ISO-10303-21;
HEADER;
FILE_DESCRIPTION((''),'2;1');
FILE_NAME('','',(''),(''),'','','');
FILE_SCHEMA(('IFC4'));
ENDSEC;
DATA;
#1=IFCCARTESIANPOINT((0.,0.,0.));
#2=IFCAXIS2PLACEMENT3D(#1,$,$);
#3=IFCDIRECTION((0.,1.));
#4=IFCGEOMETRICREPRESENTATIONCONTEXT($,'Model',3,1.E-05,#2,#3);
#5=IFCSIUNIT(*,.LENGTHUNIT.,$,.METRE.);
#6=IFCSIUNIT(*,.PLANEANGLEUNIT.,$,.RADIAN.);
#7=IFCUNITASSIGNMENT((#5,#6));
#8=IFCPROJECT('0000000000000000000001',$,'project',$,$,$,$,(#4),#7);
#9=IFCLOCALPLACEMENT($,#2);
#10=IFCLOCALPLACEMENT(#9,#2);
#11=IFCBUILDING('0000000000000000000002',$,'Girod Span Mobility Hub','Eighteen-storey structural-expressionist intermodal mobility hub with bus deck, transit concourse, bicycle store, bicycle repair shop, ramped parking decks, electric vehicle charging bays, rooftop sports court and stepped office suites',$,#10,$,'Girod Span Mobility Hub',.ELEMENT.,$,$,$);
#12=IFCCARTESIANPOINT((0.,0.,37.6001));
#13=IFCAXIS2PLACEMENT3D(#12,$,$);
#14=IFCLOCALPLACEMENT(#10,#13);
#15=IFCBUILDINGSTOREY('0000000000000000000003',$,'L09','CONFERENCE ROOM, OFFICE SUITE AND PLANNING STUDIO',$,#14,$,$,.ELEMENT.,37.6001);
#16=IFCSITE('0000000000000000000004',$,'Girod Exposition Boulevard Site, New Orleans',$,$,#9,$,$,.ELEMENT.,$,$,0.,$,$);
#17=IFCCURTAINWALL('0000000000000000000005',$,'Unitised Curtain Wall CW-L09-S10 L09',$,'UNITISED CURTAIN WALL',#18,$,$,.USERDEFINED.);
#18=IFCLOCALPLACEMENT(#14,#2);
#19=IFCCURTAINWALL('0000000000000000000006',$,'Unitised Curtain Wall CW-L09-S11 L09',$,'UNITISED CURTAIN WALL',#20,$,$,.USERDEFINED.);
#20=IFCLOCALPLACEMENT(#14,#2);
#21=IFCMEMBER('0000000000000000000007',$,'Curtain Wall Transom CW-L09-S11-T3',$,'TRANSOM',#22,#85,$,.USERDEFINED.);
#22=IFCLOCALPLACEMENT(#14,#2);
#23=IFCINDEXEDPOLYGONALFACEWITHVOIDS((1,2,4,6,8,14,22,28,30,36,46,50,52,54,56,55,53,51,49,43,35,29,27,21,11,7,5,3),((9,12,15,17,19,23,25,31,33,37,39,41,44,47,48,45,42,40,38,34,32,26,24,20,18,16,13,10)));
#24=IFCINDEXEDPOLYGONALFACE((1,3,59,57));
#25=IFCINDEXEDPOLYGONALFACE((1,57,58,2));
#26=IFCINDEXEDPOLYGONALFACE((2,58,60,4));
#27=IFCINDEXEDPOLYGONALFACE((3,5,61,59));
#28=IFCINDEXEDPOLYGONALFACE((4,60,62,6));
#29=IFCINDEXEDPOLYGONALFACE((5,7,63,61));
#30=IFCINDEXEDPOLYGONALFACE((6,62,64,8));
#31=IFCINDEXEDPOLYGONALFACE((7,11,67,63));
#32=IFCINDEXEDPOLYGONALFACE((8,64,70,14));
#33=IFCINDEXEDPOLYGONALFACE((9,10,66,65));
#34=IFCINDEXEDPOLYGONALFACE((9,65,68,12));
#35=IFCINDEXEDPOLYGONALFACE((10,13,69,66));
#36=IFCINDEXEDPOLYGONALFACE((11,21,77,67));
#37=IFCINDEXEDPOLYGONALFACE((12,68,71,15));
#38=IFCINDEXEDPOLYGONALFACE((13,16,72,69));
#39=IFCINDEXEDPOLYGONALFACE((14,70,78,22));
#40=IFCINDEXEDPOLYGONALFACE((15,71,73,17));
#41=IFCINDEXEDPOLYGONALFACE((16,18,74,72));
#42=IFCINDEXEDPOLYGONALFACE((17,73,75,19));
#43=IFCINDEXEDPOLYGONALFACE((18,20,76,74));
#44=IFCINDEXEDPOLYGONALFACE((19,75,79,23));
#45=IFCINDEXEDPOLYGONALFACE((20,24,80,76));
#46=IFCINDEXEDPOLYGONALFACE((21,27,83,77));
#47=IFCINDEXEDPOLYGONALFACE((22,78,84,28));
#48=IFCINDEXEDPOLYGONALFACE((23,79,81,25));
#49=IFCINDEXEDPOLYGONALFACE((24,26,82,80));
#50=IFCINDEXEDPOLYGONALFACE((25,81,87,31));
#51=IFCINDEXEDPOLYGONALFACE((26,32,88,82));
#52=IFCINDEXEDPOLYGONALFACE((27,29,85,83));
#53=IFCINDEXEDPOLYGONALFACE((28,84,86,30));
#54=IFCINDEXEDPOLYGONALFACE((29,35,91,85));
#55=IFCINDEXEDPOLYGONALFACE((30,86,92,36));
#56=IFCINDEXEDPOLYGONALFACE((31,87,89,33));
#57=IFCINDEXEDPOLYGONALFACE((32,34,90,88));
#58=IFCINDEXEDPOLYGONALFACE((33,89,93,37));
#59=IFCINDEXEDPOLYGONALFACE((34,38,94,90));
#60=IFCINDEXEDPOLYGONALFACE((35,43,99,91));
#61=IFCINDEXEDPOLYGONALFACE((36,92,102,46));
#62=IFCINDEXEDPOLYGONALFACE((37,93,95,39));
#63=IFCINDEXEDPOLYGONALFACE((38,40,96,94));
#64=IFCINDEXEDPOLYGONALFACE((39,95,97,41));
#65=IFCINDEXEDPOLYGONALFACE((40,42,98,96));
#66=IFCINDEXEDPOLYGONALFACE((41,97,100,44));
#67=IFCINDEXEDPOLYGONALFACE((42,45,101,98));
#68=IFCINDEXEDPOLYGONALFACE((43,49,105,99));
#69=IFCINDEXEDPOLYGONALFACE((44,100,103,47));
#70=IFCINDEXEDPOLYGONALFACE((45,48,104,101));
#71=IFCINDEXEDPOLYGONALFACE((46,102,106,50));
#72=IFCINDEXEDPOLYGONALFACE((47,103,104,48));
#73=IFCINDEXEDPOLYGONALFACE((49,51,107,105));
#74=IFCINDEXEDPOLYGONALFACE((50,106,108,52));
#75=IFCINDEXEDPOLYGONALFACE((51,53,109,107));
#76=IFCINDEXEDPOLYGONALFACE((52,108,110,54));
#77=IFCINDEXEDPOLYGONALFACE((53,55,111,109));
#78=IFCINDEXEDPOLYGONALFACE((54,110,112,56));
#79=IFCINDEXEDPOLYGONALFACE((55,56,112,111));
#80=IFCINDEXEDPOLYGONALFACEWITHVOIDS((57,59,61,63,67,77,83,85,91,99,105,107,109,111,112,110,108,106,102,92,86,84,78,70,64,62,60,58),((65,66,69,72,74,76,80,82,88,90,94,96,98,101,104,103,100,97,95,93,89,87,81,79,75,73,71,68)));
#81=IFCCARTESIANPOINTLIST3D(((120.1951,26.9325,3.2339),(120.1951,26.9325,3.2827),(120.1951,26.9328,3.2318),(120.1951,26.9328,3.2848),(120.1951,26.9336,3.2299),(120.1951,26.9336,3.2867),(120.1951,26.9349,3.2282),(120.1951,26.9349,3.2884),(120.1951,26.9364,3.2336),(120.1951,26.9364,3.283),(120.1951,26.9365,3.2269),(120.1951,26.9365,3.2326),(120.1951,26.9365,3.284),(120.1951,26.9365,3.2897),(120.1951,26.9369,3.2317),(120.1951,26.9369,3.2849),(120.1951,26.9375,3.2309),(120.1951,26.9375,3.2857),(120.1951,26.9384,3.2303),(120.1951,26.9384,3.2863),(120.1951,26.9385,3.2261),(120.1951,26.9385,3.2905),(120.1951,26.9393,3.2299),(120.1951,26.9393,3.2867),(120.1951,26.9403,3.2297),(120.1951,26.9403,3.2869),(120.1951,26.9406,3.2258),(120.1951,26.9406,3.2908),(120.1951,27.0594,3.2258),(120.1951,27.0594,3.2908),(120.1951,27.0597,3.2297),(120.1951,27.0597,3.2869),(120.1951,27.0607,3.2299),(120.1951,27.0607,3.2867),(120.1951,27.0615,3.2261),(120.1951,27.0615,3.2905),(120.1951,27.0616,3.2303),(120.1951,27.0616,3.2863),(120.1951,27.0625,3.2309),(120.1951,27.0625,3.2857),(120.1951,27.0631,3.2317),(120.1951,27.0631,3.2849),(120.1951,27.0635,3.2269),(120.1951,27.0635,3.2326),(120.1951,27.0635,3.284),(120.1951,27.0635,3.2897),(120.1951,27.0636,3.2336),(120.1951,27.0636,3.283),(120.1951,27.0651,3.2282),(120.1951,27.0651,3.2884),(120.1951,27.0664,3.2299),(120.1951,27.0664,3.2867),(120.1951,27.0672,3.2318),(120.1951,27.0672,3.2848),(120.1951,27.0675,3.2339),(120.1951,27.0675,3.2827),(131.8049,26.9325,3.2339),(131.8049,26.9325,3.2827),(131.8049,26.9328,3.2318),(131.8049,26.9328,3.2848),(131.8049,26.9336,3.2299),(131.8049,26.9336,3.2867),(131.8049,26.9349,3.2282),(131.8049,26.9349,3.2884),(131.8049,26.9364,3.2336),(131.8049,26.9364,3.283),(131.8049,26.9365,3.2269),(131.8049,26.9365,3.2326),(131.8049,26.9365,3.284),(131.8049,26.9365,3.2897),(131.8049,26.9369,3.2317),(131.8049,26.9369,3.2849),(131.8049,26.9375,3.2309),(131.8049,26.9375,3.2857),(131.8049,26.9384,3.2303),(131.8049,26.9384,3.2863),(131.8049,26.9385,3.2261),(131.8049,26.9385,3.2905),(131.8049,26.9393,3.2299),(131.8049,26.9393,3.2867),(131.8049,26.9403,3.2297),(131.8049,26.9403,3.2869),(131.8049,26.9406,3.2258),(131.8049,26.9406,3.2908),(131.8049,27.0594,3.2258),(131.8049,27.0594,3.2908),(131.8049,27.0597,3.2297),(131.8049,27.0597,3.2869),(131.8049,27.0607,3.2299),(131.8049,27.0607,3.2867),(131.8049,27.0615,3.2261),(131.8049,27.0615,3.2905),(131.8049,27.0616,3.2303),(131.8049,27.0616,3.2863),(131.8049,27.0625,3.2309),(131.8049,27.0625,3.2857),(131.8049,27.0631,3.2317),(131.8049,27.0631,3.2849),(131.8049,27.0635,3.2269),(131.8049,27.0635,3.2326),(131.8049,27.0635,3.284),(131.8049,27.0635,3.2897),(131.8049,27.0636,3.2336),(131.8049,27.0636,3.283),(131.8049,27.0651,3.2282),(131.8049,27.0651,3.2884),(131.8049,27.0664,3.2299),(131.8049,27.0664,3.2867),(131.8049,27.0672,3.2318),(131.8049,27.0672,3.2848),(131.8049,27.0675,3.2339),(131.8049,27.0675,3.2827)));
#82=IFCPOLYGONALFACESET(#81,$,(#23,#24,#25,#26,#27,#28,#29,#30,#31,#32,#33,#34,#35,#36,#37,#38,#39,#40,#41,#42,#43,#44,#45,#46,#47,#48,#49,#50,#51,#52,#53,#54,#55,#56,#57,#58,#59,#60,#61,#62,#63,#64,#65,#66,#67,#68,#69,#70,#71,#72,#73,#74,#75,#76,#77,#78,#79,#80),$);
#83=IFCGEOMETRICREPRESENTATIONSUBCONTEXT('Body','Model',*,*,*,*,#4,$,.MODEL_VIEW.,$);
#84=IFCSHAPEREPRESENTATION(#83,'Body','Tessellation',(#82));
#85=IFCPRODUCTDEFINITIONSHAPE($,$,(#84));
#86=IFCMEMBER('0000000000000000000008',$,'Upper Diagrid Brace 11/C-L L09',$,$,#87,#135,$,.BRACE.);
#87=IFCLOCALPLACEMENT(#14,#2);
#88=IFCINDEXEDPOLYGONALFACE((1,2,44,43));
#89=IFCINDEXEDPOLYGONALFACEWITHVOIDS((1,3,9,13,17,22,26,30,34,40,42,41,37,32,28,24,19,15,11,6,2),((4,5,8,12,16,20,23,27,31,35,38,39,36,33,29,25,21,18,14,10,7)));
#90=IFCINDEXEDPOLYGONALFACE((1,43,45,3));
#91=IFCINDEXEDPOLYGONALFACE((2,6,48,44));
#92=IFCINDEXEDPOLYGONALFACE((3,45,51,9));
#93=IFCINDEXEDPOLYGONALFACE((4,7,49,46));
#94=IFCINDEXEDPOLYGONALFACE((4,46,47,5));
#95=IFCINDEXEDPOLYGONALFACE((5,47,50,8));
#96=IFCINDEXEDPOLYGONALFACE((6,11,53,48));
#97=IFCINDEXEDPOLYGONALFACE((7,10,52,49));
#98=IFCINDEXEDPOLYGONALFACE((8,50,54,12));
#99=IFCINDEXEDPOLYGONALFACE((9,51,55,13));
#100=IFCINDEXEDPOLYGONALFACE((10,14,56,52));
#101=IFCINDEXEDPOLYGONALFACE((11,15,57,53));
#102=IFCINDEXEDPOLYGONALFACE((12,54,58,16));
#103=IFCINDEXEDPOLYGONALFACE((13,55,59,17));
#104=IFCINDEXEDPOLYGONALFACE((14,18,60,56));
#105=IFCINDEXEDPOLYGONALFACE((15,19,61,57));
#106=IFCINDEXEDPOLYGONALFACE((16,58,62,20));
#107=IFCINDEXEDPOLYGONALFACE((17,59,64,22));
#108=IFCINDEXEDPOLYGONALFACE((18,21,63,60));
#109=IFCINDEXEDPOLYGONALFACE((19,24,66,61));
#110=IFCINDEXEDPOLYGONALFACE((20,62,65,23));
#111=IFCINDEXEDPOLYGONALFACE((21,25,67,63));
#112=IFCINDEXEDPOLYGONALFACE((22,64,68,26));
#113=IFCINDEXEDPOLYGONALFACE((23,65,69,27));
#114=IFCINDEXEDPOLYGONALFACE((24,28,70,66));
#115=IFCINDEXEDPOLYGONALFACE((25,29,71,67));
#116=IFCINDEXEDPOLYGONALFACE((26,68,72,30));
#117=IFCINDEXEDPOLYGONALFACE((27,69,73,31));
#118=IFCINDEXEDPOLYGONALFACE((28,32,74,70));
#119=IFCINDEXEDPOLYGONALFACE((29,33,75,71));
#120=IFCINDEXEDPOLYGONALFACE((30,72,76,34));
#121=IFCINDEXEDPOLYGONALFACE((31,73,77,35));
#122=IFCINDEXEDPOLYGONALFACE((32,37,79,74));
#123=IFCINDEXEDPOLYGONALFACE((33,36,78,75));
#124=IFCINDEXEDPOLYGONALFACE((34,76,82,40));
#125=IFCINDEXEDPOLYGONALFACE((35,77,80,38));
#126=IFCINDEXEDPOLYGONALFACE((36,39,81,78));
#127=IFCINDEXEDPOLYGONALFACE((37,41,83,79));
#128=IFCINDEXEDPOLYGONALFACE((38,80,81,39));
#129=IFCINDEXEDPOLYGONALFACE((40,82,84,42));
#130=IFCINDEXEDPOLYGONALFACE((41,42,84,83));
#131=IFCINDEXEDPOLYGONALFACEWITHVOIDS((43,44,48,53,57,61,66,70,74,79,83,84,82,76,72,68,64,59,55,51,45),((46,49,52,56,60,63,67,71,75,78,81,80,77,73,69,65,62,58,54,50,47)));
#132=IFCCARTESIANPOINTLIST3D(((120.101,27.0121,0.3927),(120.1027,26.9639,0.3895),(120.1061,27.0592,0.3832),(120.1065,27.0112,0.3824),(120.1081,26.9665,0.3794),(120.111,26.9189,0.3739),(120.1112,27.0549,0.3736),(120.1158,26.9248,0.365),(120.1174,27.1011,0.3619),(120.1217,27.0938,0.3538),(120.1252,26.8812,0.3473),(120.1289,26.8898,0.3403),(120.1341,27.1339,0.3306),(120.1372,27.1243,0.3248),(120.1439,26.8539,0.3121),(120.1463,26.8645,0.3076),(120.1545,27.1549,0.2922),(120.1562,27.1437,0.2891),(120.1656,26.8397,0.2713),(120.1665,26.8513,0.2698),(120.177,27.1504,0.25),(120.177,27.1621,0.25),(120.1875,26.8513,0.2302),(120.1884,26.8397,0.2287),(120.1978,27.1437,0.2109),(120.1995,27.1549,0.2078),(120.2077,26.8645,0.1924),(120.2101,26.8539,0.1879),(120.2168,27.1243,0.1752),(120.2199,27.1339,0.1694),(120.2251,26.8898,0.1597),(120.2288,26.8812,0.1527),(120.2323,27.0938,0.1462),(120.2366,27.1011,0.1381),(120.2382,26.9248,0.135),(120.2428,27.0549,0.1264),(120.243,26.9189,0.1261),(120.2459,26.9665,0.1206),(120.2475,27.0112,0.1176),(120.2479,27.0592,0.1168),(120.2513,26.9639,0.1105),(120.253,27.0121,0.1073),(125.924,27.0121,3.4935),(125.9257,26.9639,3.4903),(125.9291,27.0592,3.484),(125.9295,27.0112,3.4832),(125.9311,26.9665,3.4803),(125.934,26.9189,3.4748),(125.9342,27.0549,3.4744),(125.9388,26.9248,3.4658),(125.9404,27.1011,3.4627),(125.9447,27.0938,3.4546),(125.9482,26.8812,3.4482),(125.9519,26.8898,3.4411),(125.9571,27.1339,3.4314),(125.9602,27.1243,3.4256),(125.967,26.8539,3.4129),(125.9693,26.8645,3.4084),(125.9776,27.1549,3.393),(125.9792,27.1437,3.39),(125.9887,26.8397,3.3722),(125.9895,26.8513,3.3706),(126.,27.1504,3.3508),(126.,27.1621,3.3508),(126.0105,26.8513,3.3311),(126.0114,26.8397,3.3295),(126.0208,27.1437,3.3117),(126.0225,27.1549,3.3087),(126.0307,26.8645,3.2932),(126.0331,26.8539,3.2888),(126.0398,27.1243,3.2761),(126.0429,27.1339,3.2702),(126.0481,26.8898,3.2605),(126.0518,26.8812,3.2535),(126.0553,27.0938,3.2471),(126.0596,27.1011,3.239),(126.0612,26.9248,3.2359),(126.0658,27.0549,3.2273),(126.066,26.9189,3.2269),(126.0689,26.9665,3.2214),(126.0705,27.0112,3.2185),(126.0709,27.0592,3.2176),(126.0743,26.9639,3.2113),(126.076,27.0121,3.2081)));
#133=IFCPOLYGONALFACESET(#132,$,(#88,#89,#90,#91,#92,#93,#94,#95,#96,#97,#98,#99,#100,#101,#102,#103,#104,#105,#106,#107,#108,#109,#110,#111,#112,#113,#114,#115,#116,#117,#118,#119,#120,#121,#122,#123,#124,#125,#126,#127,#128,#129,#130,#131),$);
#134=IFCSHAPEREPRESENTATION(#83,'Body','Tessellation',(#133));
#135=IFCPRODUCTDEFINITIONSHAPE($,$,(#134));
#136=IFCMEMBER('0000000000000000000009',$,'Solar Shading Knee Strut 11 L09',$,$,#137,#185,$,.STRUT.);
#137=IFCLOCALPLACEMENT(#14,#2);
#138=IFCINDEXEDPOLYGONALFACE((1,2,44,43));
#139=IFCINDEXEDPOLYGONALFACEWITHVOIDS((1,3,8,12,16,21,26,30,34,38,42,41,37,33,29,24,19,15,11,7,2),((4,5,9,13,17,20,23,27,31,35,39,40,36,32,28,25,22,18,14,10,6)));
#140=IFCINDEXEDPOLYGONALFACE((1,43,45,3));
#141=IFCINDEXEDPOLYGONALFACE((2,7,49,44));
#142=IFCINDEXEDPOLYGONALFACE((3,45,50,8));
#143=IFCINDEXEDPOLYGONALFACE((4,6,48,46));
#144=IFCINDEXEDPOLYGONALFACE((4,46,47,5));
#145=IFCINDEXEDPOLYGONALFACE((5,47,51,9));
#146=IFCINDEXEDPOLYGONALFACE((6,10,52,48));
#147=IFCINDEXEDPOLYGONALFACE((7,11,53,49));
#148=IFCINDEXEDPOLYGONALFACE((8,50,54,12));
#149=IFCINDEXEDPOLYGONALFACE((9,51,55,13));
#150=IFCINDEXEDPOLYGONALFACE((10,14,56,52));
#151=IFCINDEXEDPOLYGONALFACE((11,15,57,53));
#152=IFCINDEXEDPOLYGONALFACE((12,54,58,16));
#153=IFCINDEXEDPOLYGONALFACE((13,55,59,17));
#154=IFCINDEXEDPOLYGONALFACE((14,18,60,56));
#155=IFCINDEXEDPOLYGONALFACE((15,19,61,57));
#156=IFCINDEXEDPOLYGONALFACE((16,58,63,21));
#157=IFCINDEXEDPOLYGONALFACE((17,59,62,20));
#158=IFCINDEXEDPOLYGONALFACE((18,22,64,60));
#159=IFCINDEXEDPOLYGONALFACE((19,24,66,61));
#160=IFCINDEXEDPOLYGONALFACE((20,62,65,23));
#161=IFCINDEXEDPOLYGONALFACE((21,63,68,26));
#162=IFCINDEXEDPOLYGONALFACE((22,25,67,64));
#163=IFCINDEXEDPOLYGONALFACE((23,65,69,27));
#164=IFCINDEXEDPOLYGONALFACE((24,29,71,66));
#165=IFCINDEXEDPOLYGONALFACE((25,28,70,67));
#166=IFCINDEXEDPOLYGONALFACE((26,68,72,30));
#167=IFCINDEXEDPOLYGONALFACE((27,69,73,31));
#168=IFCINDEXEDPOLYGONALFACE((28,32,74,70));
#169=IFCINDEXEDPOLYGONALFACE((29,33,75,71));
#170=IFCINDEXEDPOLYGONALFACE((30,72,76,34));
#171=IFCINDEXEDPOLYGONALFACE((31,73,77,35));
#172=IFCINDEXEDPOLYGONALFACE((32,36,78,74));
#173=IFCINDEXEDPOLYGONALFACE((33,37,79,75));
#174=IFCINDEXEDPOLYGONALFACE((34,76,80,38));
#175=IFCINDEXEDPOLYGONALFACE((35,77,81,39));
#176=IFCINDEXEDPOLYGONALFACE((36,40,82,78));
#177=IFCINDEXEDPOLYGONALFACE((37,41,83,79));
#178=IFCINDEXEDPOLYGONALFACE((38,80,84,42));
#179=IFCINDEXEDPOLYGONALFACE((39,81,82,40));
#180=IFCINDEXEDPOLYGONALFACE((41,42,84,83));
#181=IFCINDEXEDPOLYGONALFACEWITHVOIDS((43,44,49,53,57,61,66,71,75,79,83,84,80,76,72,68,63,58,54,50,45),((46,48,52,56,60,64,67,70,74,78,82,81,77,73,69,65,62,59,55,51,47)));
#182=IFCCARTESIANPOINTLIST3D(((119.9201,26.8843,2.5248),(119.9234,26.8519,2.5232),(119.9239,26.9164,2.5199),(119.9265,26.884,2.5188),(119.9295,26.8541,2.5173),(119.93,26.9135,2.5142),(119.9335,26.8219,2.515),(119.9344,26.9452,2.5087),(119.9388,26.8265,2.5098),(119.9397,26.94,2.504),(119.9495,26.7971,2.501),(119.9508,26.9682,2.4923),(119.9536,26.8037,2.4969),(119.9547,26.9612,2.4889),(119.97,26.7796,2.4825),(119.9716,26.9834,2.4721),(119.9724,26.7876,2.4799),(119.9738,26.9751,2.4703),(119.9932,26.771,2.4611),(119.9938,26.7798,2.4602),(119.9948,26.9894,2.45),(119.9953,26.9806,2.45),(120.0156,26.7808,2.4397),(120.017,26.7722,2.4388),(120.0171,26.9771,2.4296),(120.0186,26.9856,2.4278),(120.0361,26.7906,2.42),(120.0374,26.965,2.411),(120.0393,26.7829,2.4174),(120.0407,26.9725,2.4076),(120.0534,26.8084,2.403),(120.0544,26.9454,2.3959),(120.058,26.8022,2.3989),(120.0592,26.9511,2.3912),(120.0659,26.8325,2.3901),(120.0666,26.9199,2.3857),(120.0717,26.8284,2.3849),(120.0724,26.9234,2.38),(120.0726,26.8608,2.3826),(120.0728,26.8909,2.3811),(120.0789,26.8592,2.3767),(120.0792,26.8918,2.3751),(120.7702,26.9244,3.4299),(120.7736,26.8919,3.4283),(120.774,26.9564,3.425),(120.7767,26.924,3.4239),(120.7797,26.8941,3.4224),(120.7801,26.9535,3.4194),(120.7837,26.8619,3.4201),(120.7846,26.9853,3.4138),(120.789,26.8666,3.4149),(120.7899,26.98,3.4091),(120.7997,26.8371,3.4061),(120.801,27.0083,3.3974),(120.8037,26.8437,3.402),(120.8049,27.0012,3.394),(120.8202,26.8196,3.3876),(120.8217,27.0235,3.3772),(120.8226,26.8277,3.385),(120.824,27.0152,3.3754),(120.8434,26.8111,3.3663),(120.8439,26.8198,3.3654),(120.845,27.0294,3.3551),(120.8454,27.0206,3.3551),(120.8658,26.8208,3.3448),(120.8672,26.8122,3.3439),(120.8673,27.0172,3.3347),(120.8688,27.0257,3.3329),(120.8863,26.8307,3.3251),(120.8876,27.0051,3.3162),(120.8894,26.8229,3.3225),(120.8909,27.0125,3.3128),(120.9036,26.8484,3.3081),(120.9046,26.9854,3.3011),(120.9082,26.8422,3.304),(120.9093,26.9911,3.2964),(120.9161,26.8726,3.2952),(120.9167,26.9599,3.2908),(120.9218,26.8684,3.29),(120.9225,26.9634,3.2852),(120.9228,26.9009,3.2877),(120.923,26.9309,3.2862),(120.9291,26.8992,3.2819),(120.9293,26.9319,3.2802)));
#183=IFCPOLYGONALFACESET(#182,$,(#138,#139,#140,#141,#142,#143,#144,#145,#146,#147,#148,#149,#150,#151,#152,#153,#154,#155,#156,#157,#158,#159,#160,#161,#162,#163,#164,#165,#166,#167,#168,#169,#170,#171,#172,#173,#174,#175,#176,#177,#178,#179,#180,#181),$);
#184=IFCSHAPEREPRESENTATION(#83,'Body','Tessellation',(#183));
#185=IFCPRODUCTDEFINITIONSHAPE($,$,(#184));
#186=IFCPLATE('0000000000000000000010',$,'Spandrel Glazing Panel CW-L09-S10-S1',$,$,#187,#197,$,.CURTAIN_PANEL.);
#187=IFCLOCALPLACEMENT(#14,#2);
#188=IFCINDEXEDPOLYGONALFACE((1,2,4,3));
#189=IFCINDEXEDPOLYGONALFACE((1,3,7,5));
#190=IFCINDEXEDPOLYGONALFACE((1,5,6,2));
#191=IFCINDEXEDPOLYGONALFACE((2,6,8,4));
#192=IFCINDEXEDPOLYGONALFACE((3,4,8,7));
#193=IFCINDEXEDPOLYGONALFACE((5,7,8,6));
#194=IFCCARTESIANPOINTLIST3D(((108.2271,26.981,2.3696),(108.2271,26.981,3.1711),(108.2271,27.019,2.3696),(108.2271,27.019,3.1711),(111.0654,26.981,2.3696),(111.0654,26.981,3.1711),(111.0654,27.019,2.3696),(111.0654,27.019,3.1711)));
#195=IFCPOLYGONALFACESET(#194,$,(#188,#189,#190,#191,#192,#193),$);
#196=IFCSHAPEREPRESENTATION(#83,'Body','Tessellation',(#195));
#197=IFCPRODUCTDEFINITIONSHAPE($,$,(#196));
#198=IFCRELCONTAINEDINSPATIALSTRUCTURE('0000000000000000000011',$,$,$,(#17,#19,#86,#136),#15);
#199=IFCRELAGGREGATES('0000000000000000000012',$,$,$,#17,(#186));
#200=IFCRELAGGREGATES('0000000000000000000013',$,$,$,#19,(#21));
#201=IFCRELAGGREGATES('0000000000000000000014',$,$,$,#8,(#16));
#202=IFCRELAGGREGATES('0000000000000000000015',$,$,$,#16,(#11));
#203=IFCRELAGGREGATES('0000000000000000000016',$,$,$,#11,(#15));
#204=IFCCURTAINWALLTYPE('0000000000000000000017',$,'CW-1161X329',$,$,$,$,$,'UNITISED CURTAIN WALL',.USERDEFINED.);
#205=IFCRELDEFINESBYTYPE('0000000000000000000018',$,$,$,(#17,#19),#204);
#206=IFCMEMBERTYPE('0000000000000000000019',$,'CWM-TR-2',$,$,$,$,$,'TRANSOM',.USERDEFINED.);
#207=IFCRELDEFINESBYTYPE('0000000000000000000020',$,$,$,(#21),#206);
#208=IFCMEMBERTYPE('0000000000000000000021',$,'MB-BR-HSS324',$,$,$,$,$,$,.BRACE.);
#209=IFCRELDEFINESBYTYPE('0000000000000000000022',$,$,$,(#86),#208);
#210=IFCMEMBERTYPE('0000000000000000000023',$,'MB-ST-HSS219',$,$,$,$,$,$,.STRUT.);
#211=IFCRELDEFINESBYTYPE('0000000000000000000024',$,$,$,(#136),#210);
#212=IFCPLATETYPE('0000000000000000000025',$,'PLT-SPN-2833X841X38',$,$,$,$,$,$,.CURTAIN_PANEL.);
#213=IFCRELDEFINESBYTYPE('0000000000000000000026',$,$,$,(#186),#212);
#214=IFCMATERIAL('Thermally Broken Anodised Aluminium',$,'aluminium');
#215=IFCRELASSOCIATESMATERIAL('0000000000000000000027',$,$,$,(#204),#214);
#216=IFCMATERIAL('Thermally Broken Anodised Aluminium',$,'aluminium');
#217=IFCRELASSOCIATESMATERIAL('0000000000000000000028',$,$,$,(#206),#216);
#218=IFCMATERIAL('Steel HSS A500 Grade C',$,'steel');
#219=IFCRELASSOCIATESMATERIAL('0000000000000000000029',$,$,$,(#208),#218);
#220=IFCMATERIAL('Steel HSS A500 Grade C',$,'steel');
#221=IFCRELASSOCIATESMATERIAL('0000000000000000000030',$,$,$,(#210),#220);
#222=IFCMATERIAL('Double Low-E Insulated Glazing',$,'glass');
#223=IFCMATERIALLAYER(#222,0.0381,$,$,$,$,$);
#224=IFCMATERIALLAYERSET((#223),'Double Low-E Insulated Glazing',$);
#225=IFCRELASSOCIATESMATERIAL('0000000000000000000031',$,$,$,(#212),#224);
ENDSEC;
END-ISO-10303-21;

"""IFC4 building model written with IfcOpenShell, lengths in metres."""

from ifc_helpers import new_model, si_unit, direction, frame, origin, origin_2d, place, context, subcontext, project, spatial, rectangle, hollow_rectangle, hollow_circle, extrude, material, layer, layer_set, material_profile, profile_set, type_object, element, aggregate, save


model = new_model("IFC4")

# Units and contexts
model_context = context("Model", 3, precision=1e-05, world=origin(), true_north=direction((0.0, 1.0)))
body_context = subcontext(model_context, "Body", "Model", "MODEL_VIEW")
ifc_project = project(units=[si_unit("LENGTHUNIT", "METRE"), si_unit("PLANEANGLEUNIT", "RADIAN")], contexts=[model_context])

# Site, building, storey
site_placement = place(None, origin())
site = spatial("IfcSite", under=ifc_project, at=site_placement, Name="Girod Exposition Boulevard Site, New Orleans", CompositionType="ELEMENT", RefElevation=0.0)
building_placement = place(site_placement, origin())
building = spatial("IfcBuilding", under=site, at=building_placement, Name="Girod Span Mobility Hub", Description="Eighteen-storey structural-expressionist intermodal mobility hub with bus deck, transit concourse, bicycle store, bicycle repair shop, ramped parking decks, electric vehicle charging bays, rooftop sports court and stepped office suites", LongName="Girod Span Mobility Hub", CompositionType="ELEMENT")
storey_placement = place(building_placement, frame((0.0, 0.0, 37.6001)))
storey = spatial("IfcBuildingStorey", under=building, at=storey_placement, Name="L09", Description="CONFERENCE ROOM, OFFICE SUITE AND PLANNING STUDIO", CompositionType="ELEMENT", Elevation=37.6001)

# Curtain walls, member
ifc_material_1 = material(Name="Thermally Broken Anodised Aluminium", Category="aluminium")
curtain_wall_type = type_object("IfcCurtainWallType", Name="CW-1161X329", ElementType="UNITISED CURTAIN WALL", PredefinedType="USERDEFINED", material=ifc_material_1)
curtain_wall_1_placement = place(storey_placement, origin())
curtain_wall_1 = element("IfcCurtainWall", 1, at=curtain_wall_1_placement, inside=storey, type_object=curtain_wall_type, Name="Unitised Curtain Wall CW-L09-S10 L09", ObjectType="UNITISED CURTAIN WALL", PredefinedType="USERDEFINED")
curtain_wall_2_placement = place(storey_placement, origin())
curtain_wall_2 = element("IfcCurtainWall", 2, at=curtain_wall_2_placement, inside=storey, type_object=curtain_wall_type, Name="Unitised Curtain Wall CW-L09-S11 L09", ObjectType="UNITISED CURTAIN WALL", PredefinedType="USERDEFINED")
ifc_material_2 = material(Name="Thermally Broken Anodised Aluminium", Category="aluminium")
ifc_material_profile_1 = material_profile(ifc_material_2, hollow_rectangle(XDim=0.135, YDim=0.0649, WallThickness=0.0039, InnerFilletRadius=0.0039, OuterFilletRadius=0.0081, at=origin_2d()), Name="CW-TR-65X135")
ifc_profile_set_1 = profile_set([ifc_material_profile_1], Name="Thermally Broken Anodised Aluminium")
member_type_1 = type_object("IfcMemberType", Name="CWM-TR-2", ElementType="TRANSOM", PredefinedType="USERDEFINED", material=ifc_profile_set_1)
member_1_placement = place(storey_placement, frame((120.1951, 27.0, 3.2583), z_axis=(1.0, 0.0, 0.0), x_axis=(0.0, 1.0, 0.0)))
member_1 = element("IfcMember", 3, at=member_1_placement, type_object=member_type_1, Name="Curtain Wall Transom CW-L09-S11-T3", ObjectType="TRANSOM", PredefinedType="USERDEFINED", context=body_context, shape_type="SweptSolid", body=[
    extrude(hollow_rectangle(XDim=0.135, YDim=0.0649, WallThickness=0.0039, InnerFilletRadius=0.0039, OuterFilletRadius=0.0081, at=origin_2d()), origin(), (0.0, 0.0, 1.0), 11.6099),
])

# Members
ifc_material_3 = material(Name="Steel HSS A500 Grade C", Category="steel")
ifc_material_profile_2 = material_profile(ifc_material_3, hollow_circle(Radius=0.1621, WallThickness=0.0117, at=origin_2d()), Name="HSS324X12.7")
ifc_profile_set_2 = profile_set([ifc_material_profile_2], Name="Steel HSS A500 Grade C")
member_type_2 = type_object("IfcMemberType", Name="MB-BR-HSS324", PredefinedType="BRACE", material=ifc_profile_set_2)
member_2_placement = place(storey_placement, frame((120.177, 27.0, 0.25), z_axis=(0.882653, 0.0, 0.470025), x_axis=(0.0, 1.0, 0.0)))
element("IfcMember", 4, at=member_2_placement, inside=storey, type_object=member_type_2, Name="Upper Diagrid Brace 11/C-L L09", PredefinedType="BRACE", context=body_context, shape_type="SweptSolid", body=[
    extrude(hollow_circle(Radius=0.1621, WallThickness=0.0117, at=origin_2d()), origin(), (0.0, 0.0, 1.0), 6.5972),
])
ifc_material_4 = material(Name="Steel HSS A500 Grade C", Category="steel")
ifc_material_profile_3 = material_profile(ifc_material_4, hollow_circle(Radius=0.1096, WallThickness=0.0088, at=origin_2d()), Name="HSS219X9.5")
ifc_profile_set_3 = profile_set([ifc_material_profile_3], Name="Steel HSS A500 Grade C")
member_type_3 = type_object("IfcMemberType", Name="MB-ST-HSS219", PredefinedType="STRUT", material=ifc_profile_set_3)
member_3_placement = place(storey_placement, frame((120.0, 26.8799, 2.45), z_axis=(0.684285, 0.032229, 0.728502), x_axis=(-0.047047, 0.998893, 0.0)))
element("IfcMember", 5, at=member_3_placement, inside=storey, type_object=member_type_3, Name="Solar Shading Knee Strut 11 L09", PredefinedType="STRUT", context=body_context, shape_type="SweptSolid", body=[
    extrude(hollow_circle(Radius=0.1096, WallThickness=0.0088, at=origin_2d()), origin(), (0.0, 0.0, 1.0), 1.2424),
])

# Plate
ifc_material_5 = material(Name="Double Low-E Insulated Glazing", Category="glass")
ifc_layer_1 = layer(ifc_material_5, 0.0381)
ifc_layer_set_1 = layer_set([ifc_layer_1], Name="Double Low-E Insulated Glazing")
plate_type_1 = type_object("IfcPlateType", Name="PLT-SPN-2833X841X38", PredefinedType="CURTAIN_PANEL", material=ifc_layer_set_1)
plate_1_placement = place(storey_placement, frame((109.6462, 27.0, 2.3696), z_axis=(0.0, 0.0, 1.0), x_axis=(1.0, 0.0, 0.0)))
plate_1 = element("IfcPlate", 6, at=plate_1_placement, type_object=plate_type_1, Name="Spandrel Glazing Panel CW-L09-S10-S1", PredefinedType="CURTAIN_PANEL", context=body_context, shape_type="SweptSolid", body=[
    extrude(rectangle(XDim=2.8384, YDim=0.0381, at=origin_2d()), origin(), (0.0, 0.0, 1.0), 0.8015),
])
aggregate(curtain_wall_1, [plate_1])
aggregate(curtain_wall_2, [member_1])

save(model, "model.ifc")
